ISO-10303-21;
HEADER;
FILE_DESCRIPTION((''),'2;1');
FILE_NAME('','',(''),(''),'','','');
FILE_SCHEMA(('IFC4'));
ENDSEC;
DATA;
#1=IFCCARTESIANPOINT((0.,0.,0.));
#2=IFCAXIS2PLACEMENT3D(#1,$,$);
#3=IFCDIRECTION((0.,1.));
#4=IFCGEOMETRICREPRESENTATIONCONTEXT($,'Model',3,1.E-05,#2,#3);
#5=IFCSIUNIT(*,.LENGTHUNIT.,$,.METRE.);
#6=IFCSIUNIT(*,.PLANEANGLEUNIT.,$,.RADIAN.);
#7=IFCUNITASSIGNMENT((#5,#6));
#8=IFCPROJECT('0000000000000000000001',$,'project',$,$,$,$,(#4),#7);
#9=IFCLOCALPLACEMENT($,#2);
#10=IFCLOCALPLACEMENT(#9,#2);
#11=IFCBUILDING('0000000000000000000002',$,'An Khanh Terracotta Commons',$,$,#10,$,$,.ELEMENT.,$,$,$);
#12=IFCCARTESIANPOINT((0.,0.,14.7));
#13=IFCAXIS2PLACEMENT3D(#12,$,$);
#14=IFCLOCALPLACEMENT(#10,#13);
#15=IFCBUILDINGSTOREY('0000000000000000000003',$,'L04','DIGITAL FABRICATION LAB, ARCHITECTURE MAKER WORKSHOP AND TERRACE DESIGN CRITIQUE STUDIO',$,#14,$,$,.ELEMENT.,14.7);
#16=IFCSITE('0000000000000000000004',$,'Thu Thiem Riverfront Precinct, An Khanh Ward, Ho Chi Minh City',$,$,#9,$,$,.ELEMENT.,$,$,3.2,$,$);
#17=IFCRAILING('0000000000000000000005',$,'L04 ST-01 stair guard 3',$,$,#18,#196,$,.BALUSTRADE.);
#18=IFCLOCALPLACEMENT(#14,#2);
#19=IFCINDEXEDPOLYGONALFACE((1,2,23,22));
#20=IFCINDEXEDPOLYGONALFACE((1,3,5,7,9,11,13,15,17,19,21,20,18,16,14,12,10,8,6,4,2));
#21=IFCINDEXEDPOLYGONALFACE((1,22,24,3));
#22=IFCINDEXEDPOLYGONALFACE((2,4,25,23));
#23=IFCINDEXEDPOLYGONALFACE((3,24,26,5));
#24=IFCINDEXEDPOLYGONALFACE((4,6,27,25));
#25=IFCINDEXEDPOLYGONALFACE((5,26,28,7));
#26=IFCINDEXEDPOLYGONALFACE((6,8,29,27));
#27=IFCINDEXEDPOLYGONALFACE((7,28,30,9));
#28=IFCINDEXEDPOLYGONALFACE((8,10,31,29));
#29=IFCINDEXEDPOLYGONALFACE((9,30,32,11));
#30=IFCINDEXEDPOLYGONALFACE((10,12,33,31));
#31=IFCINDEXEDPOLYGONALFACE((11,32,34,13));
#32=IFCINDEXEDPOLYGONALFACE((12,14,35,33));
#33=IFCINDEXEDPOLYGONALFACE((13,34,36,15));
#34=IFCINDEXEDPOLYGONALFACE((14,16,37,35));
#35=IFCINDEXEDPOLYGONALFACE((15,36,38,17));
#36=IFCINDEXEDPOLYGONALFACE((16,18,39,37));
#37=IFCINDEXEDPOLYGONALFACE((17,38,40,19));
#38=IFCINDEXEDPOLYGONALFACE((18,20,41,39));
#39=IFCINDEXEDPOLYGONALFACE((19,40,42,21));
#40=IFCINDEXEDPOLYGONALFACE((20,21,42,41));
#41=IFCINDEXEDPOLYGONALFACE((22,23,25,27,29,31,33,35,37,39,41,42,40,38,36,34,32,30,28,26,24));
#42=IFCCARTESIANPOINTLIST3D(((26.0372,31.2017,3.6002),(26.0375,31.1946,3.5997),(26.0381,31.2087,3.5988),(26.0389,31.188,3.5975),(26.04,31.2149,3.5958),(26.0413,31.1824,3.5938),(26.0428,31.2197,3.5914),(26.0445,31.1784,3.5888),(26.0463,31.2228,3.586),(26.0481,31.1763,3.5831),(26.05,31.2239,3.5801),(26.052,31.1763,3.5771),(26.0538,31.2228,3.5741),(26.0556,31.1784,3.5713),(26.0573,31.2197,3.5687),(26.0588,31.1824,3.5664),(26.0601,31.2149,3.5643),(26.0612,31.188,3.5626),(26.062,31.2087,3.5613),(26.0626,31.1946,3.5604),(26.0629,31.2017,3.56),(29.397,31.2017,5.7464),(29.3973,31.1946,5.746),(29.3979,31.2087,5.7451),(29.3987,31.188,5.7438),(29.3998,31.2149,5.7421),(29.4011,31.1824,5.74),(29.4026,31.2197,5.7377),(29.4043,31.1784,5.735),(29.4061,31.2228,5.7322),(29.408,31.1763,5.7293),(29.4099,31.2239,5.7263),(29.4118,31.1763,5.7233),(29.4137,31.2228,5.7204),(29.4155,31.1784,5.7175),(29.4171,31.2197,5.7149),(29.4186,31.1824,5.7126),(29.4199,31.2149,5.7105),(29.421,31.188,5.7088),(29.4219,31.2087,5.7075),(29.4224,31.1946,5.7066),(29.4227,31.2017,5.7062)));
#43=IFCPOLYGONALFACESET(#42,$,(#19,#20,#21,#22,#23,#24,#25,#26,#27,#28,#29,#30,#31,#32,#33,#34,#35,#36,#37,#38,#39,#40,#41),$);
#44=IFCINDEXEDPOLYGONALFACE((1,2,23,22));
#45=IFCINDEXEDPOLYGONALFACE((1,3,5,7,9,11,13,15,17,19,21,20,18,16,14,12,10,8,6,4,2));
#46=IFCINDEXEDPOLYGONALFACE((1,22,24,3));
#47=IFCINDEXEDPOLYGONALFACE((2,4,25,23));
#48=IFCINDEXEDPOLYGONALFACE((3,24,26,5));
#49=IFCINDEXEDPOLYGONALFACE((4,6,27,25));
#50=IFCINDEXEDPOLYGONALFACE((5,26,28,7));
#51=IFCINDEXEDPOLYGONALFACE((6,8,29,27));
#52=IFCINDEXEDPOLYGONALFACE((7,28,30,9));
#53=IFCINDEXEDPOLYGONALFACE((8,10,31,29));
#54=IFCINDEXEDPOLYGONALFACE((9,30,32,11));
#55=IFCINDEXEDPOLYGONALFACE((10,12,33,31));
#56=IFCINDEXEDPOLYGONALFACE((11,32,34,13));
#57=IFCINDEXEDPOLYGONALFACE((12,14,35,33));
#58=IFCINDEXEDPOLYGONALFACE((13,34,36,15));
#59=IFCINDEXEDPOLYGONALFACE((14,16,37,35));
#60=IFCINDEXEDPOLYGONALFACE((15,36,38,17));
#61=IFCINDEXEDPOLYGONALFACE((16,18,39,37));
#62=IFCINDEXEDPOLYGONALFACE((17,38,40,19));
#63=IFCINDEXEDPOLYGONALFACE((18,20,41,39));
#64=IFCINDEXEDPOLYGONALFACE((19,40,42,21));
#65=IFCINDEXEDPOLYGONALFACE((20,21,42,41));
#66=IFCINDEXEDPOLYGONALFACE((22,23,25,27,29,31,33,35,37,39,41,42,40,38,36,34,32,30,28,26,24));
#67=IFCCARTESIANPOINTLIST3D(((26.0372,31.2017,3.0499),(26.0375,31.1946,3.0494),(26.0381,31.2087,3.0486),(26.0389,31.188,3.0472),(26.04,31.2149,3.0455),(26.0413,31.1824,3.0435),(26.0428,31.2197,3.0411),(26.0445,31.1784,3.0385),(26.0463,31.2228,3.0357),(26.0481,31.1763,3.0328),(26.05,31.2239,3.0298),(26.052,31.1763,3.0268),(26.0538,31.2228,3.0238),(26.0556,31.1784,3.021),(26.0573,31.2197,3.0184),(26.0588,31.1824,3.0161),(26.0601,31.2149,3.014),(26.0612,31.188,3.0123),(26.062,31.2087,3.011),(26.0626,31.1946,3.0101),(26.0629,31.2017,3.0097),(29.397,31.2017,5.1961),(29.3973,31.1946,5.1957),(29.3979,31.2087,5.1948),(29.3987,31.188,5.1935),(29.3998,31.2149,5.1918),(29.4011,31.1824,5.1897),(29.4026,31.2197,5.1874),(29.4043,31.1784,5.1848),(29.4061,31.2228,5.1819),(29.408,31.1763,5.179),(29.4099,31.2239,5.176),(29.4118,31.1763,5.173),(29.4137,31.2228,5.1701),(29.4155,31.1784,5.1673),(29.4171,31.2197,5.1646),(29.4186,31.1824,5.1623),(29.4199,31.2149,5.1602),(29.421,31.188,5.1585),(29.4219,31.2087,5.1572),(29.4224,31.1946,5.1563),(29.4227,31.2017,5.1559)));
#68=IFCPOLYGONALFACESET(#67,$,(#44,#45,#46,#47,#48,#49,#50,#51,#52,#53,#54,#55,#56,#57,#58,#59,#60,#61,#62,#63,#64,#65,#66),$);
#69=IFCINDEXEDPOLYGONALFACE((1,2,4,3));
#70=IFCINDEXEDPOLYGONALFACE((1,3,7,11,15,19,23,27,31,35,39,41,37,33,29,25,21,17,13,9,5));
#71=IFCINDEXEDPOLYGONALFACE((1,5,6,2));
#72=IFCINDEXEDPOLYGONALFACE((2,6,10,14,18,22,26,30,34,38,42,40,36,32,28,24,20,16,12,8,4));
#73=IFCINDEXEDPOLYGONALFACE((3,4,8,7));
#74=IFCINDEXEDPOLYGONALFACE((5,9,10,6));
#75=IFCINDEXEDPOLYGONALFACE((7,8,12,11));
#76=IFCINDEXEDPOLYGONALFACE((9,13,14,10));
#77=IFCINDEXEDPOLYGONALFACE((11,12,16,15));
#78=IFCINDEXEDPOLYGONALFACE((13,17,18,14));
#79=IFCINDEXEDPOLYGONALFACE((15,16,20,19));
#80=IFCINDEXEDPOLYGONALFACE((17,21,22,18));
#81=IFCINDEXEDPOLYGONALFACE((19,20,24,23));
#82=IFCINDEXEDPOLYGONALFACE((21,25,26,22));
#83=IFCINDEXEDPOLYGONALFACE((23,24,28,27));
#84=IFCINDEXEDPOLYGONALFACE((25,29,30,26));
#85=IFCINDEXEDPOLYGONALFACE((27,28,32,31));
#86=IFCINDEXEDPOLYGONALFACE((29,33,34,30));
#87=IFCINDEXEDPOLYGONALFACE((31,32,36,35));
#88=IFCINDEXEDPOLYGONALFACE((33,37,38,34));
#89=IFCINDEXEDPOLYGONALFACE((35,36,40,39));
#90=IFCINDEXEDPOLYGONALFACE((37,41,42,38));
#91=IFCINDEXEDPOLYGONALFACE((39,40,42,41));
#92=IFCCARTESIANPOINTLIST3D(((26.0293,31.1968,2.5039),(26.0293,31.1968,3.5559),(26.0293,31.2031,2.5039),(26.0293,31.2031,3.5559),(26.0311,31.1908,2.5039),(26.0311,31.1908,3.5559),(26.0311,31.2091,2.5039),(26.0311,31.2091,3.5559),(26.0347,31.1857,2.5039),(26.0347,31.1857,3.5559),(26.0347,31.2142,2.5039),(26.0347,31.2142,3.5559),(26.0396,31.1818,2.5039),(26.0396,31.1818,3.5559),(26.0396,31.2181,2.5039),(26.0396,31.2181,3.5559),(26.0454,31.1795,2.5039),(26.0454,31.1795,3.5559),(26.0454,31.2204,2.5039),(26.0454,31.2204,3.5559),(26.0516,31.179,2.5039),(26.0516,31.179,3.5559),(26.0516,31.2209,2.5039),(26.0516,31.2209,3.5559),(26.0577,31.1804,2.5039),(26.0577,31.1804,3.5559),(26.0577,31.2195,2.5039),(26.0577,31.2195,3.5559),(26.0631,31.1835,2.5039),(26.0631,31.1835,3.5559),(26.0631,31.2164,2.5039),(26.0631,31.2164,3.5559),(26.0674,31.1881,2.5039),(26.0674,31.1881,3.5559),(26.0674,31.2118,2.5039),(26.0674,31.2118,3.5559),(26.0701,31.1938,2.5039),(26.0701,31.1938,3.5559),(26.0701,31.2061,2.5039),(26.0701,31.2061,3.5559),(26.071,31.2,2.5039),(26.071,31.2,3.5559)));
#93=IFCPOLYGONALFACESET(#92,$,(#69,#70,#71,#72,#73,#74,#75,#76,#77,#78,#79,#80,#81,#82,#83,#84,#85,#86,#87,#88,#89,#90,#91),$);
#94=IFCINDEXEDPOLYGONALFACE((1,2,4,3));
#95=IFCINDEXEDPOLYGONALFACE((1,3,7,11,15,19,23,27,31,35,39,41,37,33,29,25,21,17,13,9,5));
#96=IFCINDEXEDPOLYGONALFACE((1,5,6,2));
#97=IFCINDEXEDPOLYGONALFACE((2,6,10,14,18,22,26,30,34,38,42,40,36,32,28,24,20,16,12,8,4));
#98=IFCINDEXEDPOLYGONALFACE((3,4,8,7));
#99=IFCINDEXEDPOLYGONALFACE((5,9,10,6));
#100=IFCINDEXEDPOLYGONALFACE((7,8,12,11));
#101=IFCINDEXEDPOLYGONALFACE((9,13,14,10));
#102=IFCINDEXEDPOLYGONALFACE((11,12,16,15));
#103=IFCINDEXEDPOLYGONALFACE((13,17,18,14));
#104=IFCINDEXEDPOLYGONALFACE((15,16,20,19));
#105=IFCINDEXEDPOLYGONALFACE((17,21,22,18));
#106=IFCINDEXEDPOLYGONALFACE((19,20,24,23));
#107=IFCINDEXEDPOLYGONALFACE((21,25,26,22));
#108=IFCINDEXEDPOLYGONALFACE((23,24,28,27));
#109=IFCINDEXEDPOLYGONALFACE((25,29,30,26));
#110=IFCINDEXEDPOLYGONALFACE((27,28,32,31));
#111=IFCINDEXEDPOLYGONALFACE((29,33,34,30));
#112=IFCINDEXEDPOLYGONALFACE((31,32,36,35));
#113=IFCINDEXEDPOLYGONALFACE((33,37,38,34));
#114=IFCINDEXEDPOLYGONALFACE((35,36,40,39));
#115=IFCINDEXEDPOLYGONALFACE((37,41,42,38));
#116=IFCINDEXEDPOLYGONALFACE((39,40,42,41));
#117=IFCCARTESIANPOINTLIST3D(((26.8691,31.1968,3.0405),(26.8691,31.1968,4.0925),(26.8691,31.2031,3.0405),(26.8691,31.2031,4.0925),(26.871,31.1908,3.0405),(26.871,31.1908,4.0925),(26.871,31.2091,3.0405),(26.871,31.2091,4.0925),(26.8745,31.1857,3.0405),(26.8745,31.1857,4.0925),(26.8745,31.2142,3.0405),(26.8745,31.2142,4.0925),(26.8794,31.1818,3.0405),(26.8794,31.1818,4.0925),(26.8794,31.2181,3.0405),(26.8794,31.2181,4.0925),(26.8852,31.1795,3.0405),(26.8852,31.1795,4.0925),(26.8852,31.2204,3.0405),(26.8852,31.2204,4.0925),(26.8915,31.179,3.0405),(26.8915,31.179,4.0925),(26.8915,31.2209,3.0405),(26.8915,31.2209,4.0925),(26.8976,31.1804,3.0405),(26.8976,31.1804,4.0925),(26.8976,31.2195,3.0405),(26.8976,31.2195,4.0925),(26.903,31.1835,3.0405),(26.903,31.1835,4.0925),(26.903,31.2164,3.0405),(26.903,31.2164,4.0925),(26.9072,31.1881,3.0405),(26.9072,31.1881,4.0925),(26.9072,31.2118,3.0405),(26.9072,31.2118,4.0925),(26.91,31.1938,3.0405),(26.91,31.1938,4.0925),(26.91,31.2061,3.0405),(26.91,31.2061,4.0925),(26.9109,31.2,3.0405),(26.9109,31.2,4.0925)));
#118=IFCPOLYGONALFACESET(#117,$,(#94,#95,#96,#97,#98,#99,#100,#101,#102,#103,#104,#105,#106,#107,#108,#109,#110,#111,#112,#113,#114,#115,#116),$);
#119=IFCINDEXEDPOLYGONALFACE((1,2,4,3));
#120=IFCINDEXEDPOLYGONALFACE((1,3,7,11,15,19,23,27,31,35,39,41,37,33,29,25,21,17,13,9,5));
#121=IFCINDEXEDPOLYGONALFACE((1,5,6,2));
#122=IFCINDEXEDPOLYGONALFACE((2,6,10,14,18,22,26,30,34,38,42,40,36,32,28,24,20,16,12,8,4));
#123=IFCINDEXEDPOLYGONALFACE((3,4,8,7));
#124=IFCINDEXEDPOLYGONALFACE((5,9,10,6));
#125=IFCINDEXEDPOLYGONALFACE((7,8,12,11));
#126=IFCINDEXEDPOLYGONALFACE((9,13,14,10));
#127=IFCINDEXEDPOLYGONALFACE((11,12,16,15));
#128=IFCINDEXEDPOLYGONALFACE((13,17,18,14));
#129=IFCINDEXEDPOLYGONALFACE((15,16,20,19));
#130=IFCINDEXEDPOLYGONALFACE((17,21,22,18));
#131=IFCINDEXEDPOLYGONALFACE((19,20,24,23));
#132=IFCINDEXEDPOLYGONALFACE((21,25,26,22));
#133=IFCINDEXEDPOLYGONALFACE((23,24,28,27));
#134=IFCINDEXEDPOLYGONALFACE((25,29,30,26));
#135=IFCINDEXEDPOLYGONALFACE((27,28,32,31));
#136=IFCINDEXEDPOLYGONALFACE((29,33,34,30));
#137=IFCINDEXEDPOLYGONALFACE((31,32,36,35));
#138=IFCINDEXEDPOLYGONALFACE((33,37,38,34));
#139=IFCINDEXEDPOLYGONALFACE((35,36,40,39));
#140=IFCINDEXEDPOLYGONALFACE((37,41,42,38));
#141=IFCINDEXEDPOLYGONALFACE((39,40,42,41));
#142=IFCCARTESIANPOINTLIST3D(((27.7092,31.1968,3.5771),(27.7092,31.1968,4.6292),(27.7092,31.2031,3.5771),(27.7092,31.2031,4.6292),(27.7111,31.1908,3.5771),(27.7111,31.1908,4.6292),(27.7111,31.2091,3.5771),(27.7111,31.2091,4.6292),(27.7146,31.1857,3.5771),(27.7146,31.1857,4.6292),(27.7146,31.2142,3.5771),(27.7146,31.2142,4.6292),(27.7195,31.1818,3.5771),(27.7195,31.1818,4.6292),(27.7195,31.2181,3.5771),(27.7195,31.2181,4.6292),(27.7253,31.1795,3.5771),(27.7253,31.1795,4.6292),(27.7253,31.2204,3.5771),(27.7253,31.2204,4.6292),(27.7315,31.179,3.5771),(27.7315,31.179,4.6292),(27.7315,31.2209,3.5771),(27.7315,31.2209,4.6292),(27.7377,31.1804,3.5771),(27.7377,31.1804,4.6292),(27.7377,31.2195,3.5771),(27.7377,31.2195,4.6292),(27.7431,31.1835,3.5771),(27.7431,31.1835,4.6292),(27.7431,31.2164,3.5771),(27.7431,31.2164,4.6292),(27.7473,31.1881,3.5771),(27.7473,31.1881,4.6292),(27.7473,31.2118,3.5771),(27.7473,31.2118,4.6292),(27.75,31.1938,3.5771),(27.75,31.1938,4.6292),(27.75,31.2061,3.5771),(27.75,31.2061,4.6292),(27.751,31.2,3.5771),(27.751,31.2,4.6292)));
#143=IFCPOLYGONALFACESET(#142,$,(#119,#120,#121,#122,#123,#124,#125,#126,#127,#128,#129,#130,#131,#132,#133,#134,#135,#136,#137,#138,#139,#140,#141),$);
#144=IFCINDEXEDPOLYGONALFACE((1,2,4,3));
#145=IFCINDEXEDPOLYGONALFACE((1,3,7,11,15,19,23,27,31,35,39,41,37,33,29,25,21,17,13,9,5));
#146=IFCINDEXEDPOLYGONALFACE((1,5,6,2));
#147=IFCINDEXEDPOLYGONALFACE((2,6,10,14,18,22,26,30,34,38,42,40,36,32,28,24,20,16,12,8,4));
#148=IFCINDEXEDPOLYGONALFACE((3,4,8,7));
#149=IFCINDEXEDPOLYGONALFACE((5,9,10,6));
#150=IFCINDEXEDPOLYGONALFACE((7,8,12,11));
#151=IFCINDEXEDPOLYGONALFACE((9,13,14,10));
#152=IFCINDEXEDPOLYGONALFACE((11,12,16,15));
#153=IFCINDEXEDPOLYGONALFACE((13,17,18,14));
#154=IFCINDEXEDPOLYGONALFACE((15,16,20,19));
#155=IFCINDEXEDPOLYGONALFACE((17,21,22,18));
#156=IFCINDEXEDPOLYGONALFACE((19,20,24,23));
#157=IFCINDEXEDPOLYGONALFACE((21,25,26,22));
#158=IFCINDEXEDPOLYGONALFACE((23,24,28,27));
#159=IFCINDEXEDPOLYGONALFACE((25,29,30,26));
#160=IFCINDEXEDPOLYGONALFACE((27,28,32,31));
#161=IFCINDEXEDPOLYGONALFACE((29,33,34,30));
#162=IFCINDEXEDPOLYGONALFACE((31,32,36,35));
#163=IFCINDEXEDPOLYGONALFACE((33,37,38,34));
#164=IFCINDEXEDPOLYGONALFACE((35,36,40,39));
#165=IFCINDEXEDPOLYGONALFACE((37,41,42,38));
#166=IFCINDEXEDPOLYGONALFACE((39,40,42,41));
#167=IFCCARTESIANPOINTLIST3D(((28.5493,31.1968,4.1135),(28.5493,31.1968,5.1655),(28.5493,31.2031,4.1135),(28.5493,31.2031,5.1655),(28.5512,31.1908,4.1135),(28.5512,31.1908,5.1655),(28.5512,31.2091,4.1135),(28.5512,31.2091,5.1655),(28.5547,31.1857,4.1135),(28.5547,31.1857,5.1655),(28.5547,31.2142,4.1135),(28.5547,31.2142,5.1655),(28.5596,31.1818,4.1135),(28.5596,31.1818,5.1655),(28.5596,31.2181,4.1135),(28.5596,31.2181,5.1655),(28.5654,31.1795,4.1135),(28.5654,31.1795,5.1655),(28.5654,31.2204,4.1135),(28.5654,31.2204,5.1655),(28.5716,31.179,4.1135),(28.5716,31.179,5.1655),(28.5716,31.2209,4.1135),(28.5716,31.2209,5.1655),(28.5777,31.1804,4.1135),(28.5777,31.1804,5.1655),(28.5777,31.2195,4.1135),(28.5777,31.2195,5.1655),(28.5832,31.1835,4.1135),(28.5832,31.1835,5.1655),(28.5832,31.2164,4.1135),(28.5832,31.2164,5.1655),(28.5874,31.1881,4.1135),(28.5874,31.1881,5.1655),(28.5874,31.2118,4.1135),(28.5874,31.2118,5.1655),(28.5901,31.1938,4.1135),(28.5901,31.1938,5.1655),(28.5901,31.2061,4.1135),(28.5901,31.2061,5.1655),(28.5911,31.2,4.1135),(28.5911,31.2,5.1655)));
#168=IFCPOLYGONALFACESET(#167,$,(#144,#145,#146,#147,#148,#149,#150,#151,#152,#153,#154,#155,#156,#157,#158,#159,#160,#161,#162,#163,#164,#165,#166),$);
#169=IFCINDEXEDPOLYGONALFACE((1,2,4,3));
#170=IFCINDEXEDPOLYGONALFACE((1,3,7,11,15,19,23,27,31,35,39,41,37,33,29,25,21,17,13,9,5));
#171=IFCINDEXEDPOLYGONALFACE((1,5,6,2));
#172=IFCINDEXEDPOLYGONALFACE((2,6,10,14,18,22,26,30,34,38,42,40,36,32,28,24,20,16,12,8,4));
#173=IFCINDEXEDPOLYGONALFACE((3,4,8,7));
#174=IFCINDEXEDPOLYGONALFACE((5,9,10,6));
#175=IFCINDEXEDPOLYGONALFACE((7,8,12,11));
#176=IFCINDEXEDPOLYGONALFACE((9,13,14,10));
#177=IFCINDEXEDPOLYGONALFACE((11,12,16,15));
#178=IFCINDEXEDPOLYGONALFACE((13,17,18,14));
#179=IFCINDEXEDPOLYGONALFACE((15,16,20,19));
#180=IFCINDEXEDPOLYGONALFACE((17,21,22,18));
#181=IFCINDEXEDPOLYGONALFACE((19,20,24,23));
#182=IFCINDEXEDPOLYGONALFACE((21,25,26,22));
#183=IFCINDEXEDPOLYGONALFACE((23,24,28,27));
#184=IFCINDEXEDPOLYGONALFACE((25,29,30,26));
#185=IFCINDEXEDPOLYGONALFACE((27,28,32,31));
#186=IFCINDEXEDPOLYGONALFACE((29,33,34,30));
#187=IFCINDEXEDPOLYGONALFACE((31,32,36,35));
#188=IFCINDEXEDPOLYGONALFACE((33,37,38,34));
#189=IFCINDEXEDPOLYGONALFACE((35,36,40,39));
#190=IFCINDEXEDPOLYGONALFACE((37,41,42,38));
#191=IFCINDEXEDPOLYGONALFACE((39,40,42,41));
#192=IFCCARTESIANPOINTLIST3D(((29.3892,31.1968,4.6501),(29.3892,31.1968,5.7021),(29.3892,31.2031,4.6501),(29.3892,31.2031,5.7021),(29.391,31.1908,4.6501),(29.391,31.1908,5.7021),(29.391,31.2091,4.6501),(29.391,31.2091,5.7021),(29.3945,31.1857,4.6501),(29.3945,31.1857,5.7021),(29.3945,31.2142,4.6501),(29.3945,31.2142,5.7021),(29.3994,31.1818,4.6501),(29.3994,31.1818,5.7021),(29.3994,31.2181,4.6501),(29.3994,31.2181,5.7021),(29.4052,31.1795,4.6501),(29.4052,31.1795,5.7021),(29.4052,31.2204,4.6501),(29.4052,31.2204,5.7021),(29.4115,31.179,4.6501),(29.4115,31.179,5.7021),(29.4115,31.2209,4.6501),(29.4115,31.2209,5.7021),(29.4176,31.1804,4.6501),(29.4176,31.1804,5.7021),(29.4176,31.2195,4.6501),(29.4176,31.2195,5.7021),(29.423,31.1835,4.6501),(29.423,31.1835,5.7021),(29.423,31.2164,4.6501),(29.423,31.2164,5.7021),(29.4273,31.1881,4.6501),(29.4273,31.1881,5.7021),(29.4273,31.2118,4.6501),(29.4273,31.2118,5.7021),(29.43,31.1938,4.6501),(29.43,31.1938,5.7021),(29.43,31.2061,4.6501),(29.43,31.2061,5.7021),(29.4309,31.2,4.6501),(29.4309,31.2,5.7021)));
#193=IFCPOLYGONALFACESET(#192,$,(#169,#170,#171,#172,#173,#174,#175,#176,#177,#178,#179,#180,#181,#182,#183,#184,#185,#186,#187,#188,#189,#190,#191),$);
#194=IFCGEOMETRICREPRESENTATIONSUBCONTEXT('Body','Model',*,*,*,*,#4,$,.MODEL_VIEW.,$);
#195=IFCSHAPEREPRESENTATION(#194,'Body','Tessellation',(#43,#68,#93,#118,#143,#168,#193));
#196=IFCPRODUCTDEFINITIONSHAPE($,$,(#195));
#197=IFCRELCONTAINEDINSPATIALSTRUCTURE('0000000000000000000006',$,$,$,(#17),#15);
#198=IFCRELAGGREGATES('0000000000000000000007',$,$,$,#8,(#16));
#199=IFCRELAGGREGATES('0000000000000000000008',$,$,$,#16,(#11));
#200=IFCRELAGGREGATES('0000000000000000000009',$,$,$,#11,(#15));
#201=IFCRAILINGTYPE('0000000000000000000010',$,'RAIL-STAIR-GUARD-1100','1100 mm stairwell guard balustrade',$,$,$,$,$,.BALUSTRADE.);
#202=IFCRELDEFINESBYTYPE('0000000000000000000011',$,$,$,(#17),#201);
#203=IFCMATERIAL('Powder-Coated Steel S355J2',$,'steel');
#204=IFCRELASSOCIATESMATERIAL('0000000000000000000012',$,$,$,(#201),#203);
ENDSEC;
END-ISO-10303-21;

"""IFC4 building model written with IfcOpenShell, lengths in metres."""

from ifc_helpers import new_model, si_unit, direction, frame, origin, origin_2d, place, context, subcontext, project, spatial, circle, extrude, material, type_object, element, save


model = new_model("IFC4")

# Units and contexts
model_context = context("Model", 3, precision=1e-05, world=origin(), true_north=direction((0.0, 1.0)))
body_context = subcontext(model_context, "Body", "Model", "MODEL_VIEW")
ifc_project = project(units=[si_unit("LENGTHUNIT", "METRE"), si_unit("PLANEANGLEUNIT", "RADIAN")], contexts=[model_context])

# Site, building, storey
site_placement = place(None, origin())
site = spatial("IfcSite", under=ifc_project, at=site_placement, Name="Thu Thiem Riverfront Precinct, An Khanh Ward, Ho Chi Minh City", CompositionType="ELEMENT", RefElevation=3.2)
building_placement = place(site_placement, origin())
building = spatial("IfcBuilding", under=site, at=building_placement, Name="An Khanh Terracotta Commons", CompositionType="ELEMENT")
storey_placement = place(building_placement, frame((0.0, 0.0, 14.7)))
storey = spatial("IfcBuildingStorey", under=building, at=storey_placement, Name="L04", Description="DIGITAL FABRICATION LAB, ARCHITECTURE MAKER WORKSHOP AND TERRACE DESIGN CRITIQUE STUDIO", CompositionType="ELEMENT", Elevation=14.7)

# Railing
ifc_material_1 = material(Name="Powder-Coated Steel S355J2", Category="steel")
railing_type_1 = type_object("IfcRailingType", Name="RAIL-STAIR-GUARD-1100", Description="1100 mm stairwell guard balustrade", PredefinedType="BALUSTRADE", material=ifc_material_1)
railing_1_placement = place(storey_placement, frame((26.05, 31.2, 2.5039)))
element("IfcRailing", 1, at=railing_1_placement, inside=storey, type_object=railing_type_1, Name="L04 ST-01 stair guard 3", PredefinedType="BALUSTRADE", context=body_context, shape_type="SweptSolid", body=[
    extrude(circle(Radius=0.0239, at=origin_2d()), frame((0.0, 0.0, 1.0762), z_axis=(0.842735, 0.0, 0.538329), x_axis=(0.0, 1.0, 0.0)), (0.0, 0.0, 1.0), 3.9868),
    extrude(circle(Radius=0.0239, at=origin_2d()), frame((0.0, 0.0, 0.5259), z_axis=(0.842735, 0.0, 0.538329), x_axis=(0.0, 1.0, 0.0)), (0.0, 0.0, 1.0), 3.9868),
    extrude(circle(Radius=0.021, at=origin_2d()), origin(), (0.0, 0.0, 1.0), 1.052),
    extrude(circle(Radius=0.021, at=origin_2d()), frame((0.8398, 0.0, 0.5366)), (0.0, 0.0, 1.0), 1.052),
    extrude(circle(Radius=0.021, at=origin_2d()), frame((1.6799, 0.0, 1.0732)), (0.0, 0.0, 1.0), 1.052),
    extrude(circle(Radius=0.021, at=origin_2d()), frame((2.52, 0.0, 1.6096)), (0.0, 0.0, 1.0), 1.052),
    extrude(circle(Radius=0.021, at=origin_2d()), frame((3.3599, 0.0, 2.1462)), (0.0, 0.0, 1.0), 1.052),
])

save(model, "model.ifc")
